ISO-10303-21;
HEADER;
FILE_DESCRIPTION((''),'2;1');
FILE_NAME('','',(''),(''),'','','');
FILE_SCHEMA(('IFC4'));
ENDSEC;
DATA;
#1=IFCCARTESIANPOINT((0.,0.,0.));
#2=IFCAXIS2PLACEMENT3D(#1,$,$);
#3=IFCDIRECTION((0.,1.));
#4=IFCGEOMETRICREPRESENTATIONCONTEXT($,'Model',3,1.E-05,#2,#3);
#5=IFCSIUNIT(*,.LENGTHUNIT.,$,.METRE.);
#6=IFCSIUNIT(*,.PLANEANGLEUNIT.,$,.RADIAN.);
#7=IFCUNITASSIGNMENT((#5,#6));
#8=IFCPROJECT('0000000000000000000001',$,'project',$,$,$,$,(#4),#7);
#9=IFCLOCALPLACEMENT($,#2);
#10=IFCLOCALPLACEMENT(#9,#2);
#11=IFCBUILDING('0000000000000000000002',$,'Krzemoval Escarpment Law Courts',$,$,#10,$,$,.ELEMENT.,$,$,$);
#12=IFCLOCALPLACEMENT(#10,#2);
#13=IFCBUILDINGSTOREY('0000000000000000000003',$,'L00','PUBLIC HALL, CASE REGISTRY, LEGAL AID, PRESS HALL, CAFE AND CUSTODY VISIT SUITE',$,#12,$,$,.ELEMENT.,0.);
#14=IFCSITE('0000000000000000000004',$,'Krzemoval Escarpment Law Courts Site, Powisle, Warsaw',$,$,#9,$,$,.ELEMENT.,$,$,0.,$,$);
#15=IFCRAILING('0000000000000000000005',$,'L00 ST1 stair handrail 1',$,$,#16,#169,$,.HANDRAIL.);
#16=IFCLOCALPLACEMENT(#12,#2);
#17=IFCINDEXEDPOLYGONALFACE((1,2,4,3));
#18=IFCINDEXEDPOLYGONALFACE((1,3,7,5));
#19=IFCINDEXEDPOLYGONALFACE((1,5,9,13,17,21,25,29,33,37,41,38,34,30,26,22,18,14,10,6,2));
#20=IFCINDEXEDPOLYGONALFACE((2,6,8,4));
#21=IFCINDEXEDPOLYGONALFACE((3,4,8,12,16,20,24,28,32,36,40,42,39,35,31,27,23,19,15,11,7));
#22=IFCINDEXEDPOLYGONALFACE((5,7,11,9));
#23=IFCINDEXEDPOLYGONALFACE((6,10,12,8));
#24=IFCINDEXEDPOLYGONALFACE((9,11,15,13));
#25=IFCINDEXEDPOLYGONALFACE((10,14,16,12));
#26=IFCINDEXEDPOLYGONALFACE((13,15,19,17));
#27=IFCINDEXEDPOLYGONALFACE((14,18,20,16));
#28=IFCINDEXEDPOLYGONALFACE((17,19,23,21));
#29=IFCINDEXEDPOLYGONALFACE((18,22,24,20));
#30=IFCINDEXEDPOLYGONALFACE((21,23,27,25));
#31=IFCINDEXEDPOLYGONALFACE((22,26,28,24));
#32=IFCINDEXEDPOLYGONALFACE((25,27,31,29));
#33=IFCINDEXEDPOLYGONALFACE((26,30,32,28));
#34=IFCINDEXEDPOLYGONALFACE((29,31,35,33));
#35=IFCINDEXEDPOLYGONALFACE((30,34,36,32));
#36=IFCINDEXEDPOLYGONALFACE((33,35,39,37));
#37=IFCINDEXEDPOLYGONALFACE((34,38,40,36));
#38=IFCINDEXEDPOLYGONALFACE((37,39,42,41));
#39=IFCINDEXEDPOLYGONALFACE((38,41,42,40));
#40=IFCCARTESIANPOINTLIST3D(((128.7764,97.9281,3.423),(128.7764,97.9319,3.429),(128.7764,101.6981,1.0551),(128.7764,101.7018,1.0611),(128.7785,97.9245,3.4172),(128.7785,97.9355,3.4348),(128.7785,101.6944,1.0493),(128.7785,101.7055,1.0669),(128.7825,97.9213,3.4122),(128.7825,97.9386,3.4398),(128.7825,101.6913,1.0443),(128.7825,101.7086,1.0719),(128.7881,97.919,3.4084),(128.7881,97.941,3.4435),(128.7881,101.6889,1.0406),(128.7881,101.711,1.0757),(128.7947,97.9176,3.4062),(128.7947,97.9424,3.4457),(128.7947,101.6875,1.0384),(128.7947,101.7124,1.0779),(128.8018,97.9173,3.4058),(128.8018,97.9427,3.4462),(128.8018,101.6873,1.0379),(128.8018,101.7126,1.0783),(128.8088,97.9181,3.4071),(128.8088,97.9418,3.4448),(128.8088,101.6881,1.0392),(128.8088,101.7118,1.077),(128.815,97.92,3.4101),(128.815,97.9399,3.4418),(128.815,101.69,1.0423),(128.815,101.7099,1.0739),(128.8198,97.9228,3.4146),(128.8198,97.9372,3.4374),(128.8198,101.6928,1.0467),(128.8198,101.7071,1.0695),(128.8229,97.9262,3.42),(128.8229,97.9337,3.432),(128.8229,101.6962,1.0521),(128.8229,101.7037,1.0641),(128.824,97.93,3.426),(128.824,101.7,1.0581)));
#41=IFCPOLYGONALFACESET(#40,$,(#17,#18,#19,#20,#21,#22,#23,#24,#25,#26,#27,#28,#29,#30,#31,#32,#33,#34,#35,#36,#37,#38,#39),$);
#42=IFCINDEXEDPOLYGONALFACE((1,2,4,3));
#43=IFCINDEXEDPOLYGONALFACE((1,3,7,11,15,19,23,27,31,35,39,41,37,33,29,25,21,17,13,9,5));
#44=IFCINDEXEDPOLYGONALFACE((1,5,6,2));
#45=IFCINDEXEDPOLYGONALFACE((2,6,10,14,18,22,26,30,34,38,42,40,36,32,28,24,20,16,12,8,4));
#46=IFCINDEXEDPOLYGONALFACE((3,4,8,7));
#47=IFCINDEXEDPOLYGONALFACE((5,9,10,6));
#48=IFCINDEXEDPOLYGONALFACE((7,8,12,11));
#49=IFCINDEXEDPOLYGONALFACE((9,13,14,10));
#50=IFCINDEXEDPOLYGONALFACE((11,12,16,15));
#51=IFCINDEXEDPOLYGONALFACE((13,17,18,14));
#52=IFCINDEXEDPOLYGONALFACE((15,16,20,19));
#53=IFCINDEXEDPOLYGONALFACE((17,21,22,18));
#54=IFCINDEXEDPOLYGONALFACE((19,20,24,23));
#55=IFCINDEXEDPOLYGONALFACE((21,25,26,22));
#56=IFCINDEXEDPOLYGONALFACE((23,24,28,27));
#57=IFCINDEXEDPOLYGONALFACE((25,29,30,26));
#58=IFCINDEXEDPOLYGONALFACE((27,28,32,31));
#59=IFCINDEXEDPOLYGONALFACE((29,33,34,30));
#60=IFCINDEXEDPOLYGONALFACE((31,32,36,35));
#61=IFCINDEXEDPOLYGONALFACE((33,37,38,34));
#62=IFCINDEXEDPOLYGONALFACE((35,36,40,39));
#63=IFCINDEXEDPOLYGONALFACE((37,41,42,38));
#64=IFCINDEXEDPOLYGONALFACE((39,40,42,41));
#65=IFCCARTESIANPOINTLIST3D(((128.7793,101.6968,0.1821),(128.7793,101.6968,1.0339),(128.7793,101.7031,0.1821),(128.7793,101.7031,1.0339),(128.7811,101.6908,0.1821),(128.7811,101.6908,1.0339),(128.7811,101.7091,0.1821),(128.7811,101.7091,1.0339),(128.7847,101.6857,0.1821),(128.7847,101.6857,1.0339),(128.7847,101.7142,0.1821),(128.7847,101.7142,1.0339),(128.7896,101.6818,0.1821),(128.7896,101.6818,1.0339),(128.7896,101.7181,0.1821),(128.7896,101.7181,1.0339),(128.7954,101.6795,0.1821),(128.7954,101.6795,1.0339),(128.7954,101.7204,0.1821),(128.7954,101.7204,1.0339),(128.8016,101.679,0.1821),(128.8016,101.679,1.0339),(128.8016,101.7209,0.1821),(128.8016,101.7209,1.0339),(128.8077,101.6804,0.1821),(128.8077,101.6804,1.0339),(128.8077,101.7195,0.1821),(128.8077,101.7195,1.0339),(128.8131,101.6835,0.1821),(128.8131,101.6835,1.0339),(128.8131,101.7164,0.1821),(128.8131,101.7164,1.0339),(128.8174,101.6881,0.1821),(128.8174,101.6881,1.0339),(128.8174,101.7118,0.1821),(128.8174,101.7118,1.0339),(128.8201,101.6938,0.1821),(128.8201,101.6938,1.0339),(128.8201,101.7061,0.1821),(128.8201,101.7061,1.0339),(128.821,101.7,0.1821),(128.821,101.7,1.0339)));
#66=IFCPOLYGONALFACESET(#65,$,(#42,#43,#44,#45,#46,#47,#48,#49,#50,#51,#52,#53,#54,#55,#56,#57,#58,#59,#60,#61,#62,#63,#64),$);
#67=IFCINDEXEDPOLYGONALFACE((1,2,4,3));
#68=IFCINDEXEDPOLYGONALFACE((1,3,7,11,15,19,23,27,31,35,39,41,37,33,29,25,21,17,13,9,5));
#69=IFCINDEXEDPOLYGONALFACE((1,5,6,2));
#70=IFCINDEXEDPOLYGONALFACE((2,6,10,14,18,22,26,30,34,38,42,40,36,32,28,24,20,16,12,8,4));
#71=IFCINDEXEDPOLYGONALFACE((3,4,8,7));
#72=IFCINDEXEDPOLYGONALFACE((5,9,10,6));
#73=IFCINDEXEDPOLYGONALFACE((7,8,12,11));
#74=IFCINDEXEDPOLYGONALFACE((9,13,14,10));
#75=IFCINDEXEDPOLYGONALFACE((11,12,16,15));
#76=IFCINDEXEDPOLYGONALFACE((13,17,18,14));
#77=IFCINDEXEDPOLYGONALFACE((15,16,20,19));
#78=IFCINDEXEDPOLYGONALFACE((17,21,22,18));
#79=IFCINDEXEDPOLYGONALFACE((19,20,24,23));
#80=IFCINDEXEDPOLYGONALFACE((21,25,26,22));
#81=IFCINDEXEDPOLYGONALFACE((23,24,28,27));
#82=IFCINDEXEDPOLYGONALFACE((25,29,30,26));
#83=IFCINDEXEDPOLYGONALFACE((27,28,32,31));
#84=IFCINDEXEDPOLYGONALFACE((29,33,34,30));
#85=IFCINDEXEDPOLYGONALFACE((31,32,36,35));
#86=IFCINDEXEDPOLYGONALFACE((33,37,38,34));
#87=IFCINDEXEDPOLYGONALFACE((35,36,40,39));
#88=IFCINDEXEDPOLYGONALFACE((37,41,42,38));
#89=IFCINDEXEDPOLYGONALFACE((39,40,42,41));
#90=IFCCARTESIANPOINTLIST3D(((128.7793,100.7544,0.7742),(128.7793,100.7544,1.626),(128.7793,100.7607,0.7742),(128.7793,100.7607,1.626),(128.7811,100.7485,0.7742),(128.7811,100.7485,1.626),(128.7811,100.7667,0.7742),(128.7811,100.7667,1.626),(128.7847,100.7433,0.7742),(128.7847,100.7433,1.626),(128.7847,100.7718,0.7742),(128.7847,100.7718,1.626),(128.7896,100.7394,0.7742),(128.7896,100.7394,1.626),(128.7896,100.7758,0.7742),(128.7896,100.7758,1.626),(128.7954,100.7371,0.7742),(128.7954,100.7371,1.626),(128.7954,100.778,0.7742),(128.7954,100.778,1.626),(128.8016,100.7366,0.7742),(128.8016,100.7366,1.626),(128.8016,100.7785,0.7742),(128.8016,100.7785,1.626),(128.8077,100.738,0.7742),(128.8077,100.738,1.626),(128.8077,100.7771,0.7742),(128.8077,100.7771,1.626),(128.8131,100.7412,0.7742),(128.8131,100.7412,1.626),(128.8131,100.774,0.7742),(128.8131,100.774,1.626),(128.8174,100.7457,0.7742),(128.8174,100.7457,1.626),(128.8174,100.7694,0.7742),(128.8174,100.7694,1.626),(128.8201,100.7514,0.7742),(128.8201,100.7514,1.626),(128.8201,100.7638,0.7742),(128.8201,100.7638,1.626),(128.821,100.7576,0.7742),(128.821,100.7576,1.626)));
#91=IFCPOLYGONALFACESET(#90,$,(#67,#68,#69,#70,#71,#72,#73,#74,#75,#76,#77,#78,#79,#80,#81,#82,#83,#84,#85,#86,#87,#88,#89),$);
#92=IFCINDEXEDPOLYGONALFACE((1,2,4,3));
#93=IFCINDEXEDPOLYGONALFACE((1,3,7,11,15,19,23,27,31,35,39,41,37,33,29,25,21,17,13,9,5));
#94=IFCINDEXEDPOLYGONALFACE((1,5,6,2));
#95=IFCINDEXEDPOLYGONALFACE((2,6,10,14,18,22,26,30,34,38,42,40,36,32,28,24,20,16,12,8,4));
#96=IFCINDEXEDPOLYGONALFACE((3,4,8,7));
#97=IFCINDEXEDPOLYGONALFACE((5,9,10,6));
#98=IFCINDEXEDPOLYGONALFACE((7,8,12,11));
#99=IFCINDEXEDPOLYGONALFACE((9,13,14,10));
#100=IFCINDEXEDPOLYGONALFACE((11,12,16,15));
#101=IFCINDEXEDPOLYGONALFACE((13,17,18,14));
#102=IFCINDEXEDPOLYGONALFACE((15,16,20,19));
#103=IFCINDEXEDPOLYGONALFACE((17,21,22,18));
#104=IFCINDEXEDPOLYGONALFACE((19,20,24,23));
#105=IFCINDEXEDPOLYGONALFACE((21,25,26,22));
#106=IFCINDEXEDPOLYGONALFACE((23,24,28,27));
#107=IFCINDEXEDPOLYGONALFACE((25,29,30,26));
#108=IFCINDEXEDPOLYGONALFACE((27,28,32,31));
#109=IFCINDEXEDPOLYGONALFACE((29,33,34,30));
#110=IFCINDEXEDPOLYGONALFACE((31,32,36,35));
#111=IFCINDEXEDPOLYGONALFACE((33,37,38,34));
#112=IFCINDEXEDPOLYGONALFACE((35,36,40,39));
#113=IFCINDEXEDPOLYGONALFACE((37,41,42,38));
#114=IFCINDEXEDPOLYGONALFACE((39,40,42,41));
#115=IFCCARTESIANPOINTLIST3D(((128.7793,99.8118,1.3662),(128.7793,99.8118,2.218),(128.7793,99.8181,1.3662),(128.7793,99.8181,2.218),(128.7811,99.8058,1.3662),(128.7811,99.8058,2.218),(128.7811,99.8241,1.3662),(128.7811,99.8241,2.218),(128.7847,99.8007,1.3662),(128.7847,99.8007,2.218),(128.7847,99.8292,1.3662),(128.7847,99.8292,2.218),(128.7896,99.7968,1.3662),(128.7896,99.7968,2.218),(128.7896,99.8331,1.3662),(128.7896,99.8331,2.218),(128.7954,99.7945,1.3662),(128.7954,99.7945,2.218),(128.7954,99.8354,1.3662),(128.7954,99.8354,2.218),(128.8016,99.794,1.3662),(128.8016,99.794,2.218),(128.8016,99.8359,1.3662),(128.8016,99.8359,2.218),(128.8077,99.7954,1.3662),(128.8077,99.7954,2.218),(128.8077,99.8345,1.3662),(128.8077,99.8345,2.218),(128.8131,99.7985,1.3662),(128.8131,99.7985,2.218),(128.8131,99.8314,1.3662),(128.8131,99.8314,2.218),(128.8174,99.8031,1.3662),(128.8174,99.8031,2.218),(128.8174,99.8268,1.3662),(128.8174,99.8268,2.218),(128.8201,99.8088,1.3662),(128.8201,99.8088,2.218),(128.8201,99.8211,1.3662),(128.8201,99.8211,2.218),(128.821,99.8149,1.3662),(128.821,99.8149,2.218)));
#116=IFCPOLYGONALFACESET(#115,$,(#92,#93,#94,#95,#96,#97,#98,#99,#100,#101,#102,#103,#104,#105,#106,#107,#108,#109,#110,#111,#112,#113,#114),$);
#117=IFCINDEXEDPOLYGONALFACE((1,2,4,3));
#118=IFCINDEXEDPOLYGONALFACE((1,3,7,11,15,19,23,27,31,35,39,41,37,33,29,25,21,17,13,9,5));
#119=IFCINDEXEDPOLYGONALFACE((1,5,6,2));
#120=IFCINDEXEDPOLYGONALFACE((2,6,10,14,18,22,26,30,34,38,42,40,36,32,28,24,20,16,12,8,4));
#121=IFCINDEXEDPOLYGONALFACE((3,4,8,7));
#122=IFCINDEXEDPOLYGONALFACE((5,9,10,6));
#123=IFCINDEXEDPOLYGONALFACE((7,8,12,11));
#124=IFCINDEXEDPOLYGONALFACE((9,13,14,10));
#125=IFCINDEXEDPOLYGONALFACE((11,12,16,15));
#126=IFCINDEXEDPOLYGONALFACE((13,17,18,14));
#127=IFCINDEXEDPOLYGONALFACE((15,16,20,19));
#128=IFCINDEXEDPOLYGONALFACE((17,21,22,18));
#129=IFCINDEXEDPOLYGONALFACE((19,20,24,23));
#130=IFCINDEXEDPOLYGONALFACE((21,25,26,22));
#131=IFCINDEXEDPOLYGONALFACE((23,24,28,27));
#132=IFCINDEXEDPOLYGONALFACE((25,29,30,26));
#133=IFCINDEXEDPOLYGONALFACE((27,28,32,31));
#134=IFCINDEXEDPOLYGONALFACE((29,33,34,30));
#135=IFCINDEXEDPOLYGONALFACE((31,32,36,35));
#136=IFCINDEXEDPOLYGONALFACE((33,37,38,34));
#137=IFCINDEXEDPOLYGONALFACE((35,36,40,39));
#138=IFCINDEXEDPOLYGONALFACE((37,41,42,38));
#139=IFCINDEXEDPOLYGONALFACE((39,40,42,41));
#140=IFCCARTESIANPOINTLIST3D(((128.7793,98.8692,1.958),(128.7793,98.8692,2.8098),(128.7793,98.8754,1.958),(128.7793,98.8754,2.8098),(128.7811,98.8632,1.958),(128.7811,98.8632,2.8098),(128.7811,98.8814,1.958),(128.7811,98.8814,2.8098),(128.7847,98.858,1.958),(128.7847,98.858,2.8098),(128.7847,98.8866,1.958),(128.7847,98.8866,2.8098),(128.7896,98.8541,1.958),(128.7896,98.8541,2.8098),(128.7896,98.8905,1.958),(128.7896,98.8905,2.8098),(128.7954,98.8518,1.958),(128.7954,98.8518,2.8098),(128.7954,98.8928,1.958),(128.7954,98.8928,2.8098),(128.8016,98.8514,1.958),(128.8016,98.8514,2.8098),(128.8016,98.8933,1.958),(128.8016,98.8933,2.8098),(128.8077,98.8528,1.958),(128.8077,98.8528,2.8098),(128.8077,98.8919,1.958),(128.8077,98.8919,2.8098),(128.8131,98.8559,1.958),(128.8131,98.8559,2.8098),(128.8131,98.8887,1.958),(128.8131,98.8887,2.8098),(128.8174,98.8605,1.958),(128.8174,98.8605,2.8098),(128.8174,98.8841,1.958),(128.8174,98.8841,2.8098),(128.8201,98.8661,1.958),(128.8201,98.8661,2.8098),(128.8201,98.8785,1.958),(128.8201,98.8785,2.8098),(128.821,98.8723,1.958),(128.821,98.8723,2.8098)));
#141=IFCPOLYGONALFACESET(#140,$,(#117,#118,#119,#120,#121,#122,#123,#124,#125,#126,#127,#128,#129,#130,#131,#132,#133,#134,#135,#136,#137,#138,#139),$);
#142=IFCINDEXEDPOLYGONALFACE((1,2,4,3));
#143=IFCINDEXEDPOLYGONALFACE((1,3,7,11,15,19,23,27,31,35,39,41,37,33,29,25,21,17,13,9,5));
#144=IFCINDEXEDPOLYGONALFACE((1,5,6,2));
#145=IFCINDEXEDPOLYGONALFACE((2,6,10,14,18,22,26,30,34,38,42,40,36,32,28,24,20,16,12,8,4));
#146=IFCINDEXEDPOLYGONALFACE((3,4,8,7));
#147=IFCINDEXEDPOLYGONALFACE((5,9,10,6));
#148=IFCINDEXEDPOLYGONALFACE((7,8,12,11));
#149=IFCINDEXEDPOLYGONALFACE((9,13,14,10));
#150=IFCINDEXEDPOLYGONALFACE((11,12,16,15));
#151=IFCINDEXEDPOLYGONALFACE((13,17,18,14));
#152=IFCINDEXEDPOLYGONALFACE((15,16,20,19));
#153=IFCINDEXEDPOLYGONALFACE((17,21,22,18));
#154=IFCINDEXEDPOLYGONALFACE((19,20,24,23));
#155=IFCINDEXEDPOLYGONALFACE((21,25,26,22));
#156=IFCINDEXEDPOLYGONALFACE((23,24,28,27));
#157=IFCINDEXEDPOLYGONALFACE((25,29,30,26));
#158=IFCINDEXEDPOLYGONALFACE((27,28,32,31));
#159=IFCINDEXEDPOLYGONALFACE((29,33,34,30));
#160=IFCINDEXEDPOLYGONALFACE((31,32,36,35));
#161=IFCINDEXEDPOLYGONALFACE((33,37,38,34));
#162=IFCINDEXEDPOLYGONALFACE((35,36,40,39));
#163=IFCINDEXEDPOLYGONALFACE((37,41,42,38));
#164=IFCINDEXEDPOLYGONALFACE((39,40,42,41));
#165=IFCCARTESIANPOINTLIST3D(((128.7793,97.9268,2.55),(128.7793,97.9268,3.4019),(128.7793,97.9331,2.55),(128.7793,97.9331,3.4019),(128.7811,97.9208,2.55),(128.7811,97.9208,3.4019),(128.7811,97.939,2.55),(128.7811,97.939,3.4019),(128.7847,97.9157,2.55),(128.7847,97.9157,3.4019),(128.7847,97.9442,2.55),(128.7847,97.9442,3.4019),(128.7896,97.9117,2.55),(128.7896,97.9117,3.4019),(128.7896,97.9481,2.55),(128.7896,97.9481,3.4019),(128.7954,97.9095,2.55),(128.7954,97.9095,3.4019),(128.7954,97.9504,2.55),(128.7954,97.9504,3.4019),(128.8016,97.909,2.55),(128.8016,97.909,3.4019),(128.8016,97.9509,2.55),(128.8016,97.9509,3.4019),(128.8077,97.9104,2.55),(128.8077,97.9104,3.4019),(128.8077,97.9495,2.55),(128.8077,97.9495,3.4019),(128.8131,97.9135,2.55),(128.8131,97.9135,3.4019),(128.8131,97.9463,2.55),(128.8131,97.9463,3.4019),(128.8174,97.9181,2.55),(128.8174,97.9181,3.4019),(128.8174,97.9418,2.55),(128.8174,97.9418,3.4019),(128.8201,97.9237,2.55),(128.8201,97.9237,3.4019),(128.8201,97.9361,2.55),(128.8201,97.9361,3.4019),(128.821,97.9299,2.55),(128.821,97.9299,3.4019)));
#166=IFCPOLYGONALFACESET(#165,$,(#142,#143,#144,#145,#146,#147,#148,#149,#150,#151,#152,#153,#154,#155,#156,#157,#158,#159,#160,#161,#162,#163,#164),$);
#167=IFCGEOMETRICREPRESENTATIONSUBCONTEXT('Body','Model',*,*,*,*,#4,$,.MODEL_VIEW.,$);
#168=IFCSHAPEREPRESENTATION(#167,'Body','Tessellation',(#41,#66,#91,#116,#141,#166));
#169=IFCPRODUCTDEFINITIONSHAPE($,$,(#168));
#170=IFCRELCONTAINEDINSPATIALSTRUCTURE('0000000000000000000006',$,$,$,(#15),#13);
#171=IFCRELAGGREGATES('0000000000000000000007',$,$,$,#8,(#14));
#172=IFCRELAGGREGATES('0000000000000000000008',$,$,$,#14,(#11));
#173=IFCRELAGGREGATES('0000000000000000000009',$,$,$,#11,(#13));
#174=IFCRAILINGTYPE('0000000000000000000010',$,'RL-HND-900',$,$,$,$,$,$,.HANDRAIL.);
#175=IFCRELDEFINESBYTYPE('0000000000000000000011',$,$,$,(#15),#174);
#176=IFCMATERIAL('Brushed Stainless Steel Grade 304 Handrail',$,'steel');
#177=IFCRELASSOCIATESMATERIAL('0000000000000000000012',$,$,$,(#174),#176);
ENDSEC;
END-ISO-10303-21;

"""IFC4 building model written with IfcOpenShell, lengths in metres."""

from ifc_helpers import new_model, si_unit, direction, frame, origin, origin_2d, place, context, subcontext, project, spatial, circle, extrude, material, type_object, element, save


model = new_model("IFC4")

# Units and contexts
model_context = context("Model", 3, precision=1e-05, world=origin(), true_north=direction((0.0, 1.0)))
body_context = subcontext(model_context, "Body", "Model", "MODEL_VIEW")
ifc_project = project(units=[si_unit("LENGTHUNIT", "METRE"), si_unit("PLANEANGLEUNIT", "RADIAN")], contexts=[model_context])

# Site, building, storey
site_placement = place(None, origin())
site = spatial("IfcSite", under=ifc_project, at=site_placement, Name="Krzemoval Escarpment Law Courts Site, Powisle, Warsaw", CompositionType="ELEMENT", RefElevation=0.0)
building_placement = place(site_placement, origin())
building = spatial("IfcBuilding", under=site, at=building_placement, Name="Krzemoval Escarpment Law Courts", CompositionType="ELEMENT")
storey_placement = place(building_placement, origin())
storey = spatial("IfcBuildingStorey", under=building, at=storey_placement, Name="L00", Description="PUBLIC HALL, CASE REGISTRY, LEGAL AID, PRESS HALL, CAFE AND CUSTODY VISIT SUITE", CompositionType="ELEMENT", Elevation=0.0)

# Railing
ifc_material_1 = material(Name="Brushed Stainless Steel Grade 304 Handrail", Category="steel")
railing_type_1 = type_object("IfcRailingType", Name="RL-HND-900", PredefinedType="HANDRAIL", material=ifc_material_1)
for number, where, name in (
    (1, (128.8, 101.7, 0.1821), "L00 ST1 stair handrail 1"),
):
    element("IfcRailing", number, at=place(storey_placement, frame(where)), inside=storey, type_object=railing_type_1, Name=name, PredefinedType="HANDRAIL", context=body_context, shape_type="SweptSolid", body=[
        extrude(circle(Radius=0.0239, at=origin_2d()), frame((0.0, 0.0, 0.876), z_axis=(0.0, -0.846819, 0.531881), x_axis=(1.0, 0.0, 0.0)), (0.0, 0.0, 1.0), 4.4519),
        extrude(circle(Radius=0.021, at=origin_2d()), origin(), (0.0, 0.0, 1.0), 0.8518),
        extrude(circle(Radius=0.021, at=origin_2d()), frame((0.0, -0.9424, 0.592)), (0.0, 0.0, 1.0), 0.8518),
        extrude(circle(Radius=0.021, at=origin_2d()), frame((0.0, -1.885, 1.1841)), (0.0, 0.0, 1.0), 0.8518),
        extrude(circle(Radius=0.021, at=origin_2d()), frame((0.0, -2.8276, 1.7759)), (0.0, 0.0, 1.0), 0.8518),
        extrude(circle(Radius=0.021, at=origin_2d()), frame((0.0, -3.77, 2.3679)), (0.0, 0.0, 1.0), 0.8518),
    ])

save(model, "model.ifc")
